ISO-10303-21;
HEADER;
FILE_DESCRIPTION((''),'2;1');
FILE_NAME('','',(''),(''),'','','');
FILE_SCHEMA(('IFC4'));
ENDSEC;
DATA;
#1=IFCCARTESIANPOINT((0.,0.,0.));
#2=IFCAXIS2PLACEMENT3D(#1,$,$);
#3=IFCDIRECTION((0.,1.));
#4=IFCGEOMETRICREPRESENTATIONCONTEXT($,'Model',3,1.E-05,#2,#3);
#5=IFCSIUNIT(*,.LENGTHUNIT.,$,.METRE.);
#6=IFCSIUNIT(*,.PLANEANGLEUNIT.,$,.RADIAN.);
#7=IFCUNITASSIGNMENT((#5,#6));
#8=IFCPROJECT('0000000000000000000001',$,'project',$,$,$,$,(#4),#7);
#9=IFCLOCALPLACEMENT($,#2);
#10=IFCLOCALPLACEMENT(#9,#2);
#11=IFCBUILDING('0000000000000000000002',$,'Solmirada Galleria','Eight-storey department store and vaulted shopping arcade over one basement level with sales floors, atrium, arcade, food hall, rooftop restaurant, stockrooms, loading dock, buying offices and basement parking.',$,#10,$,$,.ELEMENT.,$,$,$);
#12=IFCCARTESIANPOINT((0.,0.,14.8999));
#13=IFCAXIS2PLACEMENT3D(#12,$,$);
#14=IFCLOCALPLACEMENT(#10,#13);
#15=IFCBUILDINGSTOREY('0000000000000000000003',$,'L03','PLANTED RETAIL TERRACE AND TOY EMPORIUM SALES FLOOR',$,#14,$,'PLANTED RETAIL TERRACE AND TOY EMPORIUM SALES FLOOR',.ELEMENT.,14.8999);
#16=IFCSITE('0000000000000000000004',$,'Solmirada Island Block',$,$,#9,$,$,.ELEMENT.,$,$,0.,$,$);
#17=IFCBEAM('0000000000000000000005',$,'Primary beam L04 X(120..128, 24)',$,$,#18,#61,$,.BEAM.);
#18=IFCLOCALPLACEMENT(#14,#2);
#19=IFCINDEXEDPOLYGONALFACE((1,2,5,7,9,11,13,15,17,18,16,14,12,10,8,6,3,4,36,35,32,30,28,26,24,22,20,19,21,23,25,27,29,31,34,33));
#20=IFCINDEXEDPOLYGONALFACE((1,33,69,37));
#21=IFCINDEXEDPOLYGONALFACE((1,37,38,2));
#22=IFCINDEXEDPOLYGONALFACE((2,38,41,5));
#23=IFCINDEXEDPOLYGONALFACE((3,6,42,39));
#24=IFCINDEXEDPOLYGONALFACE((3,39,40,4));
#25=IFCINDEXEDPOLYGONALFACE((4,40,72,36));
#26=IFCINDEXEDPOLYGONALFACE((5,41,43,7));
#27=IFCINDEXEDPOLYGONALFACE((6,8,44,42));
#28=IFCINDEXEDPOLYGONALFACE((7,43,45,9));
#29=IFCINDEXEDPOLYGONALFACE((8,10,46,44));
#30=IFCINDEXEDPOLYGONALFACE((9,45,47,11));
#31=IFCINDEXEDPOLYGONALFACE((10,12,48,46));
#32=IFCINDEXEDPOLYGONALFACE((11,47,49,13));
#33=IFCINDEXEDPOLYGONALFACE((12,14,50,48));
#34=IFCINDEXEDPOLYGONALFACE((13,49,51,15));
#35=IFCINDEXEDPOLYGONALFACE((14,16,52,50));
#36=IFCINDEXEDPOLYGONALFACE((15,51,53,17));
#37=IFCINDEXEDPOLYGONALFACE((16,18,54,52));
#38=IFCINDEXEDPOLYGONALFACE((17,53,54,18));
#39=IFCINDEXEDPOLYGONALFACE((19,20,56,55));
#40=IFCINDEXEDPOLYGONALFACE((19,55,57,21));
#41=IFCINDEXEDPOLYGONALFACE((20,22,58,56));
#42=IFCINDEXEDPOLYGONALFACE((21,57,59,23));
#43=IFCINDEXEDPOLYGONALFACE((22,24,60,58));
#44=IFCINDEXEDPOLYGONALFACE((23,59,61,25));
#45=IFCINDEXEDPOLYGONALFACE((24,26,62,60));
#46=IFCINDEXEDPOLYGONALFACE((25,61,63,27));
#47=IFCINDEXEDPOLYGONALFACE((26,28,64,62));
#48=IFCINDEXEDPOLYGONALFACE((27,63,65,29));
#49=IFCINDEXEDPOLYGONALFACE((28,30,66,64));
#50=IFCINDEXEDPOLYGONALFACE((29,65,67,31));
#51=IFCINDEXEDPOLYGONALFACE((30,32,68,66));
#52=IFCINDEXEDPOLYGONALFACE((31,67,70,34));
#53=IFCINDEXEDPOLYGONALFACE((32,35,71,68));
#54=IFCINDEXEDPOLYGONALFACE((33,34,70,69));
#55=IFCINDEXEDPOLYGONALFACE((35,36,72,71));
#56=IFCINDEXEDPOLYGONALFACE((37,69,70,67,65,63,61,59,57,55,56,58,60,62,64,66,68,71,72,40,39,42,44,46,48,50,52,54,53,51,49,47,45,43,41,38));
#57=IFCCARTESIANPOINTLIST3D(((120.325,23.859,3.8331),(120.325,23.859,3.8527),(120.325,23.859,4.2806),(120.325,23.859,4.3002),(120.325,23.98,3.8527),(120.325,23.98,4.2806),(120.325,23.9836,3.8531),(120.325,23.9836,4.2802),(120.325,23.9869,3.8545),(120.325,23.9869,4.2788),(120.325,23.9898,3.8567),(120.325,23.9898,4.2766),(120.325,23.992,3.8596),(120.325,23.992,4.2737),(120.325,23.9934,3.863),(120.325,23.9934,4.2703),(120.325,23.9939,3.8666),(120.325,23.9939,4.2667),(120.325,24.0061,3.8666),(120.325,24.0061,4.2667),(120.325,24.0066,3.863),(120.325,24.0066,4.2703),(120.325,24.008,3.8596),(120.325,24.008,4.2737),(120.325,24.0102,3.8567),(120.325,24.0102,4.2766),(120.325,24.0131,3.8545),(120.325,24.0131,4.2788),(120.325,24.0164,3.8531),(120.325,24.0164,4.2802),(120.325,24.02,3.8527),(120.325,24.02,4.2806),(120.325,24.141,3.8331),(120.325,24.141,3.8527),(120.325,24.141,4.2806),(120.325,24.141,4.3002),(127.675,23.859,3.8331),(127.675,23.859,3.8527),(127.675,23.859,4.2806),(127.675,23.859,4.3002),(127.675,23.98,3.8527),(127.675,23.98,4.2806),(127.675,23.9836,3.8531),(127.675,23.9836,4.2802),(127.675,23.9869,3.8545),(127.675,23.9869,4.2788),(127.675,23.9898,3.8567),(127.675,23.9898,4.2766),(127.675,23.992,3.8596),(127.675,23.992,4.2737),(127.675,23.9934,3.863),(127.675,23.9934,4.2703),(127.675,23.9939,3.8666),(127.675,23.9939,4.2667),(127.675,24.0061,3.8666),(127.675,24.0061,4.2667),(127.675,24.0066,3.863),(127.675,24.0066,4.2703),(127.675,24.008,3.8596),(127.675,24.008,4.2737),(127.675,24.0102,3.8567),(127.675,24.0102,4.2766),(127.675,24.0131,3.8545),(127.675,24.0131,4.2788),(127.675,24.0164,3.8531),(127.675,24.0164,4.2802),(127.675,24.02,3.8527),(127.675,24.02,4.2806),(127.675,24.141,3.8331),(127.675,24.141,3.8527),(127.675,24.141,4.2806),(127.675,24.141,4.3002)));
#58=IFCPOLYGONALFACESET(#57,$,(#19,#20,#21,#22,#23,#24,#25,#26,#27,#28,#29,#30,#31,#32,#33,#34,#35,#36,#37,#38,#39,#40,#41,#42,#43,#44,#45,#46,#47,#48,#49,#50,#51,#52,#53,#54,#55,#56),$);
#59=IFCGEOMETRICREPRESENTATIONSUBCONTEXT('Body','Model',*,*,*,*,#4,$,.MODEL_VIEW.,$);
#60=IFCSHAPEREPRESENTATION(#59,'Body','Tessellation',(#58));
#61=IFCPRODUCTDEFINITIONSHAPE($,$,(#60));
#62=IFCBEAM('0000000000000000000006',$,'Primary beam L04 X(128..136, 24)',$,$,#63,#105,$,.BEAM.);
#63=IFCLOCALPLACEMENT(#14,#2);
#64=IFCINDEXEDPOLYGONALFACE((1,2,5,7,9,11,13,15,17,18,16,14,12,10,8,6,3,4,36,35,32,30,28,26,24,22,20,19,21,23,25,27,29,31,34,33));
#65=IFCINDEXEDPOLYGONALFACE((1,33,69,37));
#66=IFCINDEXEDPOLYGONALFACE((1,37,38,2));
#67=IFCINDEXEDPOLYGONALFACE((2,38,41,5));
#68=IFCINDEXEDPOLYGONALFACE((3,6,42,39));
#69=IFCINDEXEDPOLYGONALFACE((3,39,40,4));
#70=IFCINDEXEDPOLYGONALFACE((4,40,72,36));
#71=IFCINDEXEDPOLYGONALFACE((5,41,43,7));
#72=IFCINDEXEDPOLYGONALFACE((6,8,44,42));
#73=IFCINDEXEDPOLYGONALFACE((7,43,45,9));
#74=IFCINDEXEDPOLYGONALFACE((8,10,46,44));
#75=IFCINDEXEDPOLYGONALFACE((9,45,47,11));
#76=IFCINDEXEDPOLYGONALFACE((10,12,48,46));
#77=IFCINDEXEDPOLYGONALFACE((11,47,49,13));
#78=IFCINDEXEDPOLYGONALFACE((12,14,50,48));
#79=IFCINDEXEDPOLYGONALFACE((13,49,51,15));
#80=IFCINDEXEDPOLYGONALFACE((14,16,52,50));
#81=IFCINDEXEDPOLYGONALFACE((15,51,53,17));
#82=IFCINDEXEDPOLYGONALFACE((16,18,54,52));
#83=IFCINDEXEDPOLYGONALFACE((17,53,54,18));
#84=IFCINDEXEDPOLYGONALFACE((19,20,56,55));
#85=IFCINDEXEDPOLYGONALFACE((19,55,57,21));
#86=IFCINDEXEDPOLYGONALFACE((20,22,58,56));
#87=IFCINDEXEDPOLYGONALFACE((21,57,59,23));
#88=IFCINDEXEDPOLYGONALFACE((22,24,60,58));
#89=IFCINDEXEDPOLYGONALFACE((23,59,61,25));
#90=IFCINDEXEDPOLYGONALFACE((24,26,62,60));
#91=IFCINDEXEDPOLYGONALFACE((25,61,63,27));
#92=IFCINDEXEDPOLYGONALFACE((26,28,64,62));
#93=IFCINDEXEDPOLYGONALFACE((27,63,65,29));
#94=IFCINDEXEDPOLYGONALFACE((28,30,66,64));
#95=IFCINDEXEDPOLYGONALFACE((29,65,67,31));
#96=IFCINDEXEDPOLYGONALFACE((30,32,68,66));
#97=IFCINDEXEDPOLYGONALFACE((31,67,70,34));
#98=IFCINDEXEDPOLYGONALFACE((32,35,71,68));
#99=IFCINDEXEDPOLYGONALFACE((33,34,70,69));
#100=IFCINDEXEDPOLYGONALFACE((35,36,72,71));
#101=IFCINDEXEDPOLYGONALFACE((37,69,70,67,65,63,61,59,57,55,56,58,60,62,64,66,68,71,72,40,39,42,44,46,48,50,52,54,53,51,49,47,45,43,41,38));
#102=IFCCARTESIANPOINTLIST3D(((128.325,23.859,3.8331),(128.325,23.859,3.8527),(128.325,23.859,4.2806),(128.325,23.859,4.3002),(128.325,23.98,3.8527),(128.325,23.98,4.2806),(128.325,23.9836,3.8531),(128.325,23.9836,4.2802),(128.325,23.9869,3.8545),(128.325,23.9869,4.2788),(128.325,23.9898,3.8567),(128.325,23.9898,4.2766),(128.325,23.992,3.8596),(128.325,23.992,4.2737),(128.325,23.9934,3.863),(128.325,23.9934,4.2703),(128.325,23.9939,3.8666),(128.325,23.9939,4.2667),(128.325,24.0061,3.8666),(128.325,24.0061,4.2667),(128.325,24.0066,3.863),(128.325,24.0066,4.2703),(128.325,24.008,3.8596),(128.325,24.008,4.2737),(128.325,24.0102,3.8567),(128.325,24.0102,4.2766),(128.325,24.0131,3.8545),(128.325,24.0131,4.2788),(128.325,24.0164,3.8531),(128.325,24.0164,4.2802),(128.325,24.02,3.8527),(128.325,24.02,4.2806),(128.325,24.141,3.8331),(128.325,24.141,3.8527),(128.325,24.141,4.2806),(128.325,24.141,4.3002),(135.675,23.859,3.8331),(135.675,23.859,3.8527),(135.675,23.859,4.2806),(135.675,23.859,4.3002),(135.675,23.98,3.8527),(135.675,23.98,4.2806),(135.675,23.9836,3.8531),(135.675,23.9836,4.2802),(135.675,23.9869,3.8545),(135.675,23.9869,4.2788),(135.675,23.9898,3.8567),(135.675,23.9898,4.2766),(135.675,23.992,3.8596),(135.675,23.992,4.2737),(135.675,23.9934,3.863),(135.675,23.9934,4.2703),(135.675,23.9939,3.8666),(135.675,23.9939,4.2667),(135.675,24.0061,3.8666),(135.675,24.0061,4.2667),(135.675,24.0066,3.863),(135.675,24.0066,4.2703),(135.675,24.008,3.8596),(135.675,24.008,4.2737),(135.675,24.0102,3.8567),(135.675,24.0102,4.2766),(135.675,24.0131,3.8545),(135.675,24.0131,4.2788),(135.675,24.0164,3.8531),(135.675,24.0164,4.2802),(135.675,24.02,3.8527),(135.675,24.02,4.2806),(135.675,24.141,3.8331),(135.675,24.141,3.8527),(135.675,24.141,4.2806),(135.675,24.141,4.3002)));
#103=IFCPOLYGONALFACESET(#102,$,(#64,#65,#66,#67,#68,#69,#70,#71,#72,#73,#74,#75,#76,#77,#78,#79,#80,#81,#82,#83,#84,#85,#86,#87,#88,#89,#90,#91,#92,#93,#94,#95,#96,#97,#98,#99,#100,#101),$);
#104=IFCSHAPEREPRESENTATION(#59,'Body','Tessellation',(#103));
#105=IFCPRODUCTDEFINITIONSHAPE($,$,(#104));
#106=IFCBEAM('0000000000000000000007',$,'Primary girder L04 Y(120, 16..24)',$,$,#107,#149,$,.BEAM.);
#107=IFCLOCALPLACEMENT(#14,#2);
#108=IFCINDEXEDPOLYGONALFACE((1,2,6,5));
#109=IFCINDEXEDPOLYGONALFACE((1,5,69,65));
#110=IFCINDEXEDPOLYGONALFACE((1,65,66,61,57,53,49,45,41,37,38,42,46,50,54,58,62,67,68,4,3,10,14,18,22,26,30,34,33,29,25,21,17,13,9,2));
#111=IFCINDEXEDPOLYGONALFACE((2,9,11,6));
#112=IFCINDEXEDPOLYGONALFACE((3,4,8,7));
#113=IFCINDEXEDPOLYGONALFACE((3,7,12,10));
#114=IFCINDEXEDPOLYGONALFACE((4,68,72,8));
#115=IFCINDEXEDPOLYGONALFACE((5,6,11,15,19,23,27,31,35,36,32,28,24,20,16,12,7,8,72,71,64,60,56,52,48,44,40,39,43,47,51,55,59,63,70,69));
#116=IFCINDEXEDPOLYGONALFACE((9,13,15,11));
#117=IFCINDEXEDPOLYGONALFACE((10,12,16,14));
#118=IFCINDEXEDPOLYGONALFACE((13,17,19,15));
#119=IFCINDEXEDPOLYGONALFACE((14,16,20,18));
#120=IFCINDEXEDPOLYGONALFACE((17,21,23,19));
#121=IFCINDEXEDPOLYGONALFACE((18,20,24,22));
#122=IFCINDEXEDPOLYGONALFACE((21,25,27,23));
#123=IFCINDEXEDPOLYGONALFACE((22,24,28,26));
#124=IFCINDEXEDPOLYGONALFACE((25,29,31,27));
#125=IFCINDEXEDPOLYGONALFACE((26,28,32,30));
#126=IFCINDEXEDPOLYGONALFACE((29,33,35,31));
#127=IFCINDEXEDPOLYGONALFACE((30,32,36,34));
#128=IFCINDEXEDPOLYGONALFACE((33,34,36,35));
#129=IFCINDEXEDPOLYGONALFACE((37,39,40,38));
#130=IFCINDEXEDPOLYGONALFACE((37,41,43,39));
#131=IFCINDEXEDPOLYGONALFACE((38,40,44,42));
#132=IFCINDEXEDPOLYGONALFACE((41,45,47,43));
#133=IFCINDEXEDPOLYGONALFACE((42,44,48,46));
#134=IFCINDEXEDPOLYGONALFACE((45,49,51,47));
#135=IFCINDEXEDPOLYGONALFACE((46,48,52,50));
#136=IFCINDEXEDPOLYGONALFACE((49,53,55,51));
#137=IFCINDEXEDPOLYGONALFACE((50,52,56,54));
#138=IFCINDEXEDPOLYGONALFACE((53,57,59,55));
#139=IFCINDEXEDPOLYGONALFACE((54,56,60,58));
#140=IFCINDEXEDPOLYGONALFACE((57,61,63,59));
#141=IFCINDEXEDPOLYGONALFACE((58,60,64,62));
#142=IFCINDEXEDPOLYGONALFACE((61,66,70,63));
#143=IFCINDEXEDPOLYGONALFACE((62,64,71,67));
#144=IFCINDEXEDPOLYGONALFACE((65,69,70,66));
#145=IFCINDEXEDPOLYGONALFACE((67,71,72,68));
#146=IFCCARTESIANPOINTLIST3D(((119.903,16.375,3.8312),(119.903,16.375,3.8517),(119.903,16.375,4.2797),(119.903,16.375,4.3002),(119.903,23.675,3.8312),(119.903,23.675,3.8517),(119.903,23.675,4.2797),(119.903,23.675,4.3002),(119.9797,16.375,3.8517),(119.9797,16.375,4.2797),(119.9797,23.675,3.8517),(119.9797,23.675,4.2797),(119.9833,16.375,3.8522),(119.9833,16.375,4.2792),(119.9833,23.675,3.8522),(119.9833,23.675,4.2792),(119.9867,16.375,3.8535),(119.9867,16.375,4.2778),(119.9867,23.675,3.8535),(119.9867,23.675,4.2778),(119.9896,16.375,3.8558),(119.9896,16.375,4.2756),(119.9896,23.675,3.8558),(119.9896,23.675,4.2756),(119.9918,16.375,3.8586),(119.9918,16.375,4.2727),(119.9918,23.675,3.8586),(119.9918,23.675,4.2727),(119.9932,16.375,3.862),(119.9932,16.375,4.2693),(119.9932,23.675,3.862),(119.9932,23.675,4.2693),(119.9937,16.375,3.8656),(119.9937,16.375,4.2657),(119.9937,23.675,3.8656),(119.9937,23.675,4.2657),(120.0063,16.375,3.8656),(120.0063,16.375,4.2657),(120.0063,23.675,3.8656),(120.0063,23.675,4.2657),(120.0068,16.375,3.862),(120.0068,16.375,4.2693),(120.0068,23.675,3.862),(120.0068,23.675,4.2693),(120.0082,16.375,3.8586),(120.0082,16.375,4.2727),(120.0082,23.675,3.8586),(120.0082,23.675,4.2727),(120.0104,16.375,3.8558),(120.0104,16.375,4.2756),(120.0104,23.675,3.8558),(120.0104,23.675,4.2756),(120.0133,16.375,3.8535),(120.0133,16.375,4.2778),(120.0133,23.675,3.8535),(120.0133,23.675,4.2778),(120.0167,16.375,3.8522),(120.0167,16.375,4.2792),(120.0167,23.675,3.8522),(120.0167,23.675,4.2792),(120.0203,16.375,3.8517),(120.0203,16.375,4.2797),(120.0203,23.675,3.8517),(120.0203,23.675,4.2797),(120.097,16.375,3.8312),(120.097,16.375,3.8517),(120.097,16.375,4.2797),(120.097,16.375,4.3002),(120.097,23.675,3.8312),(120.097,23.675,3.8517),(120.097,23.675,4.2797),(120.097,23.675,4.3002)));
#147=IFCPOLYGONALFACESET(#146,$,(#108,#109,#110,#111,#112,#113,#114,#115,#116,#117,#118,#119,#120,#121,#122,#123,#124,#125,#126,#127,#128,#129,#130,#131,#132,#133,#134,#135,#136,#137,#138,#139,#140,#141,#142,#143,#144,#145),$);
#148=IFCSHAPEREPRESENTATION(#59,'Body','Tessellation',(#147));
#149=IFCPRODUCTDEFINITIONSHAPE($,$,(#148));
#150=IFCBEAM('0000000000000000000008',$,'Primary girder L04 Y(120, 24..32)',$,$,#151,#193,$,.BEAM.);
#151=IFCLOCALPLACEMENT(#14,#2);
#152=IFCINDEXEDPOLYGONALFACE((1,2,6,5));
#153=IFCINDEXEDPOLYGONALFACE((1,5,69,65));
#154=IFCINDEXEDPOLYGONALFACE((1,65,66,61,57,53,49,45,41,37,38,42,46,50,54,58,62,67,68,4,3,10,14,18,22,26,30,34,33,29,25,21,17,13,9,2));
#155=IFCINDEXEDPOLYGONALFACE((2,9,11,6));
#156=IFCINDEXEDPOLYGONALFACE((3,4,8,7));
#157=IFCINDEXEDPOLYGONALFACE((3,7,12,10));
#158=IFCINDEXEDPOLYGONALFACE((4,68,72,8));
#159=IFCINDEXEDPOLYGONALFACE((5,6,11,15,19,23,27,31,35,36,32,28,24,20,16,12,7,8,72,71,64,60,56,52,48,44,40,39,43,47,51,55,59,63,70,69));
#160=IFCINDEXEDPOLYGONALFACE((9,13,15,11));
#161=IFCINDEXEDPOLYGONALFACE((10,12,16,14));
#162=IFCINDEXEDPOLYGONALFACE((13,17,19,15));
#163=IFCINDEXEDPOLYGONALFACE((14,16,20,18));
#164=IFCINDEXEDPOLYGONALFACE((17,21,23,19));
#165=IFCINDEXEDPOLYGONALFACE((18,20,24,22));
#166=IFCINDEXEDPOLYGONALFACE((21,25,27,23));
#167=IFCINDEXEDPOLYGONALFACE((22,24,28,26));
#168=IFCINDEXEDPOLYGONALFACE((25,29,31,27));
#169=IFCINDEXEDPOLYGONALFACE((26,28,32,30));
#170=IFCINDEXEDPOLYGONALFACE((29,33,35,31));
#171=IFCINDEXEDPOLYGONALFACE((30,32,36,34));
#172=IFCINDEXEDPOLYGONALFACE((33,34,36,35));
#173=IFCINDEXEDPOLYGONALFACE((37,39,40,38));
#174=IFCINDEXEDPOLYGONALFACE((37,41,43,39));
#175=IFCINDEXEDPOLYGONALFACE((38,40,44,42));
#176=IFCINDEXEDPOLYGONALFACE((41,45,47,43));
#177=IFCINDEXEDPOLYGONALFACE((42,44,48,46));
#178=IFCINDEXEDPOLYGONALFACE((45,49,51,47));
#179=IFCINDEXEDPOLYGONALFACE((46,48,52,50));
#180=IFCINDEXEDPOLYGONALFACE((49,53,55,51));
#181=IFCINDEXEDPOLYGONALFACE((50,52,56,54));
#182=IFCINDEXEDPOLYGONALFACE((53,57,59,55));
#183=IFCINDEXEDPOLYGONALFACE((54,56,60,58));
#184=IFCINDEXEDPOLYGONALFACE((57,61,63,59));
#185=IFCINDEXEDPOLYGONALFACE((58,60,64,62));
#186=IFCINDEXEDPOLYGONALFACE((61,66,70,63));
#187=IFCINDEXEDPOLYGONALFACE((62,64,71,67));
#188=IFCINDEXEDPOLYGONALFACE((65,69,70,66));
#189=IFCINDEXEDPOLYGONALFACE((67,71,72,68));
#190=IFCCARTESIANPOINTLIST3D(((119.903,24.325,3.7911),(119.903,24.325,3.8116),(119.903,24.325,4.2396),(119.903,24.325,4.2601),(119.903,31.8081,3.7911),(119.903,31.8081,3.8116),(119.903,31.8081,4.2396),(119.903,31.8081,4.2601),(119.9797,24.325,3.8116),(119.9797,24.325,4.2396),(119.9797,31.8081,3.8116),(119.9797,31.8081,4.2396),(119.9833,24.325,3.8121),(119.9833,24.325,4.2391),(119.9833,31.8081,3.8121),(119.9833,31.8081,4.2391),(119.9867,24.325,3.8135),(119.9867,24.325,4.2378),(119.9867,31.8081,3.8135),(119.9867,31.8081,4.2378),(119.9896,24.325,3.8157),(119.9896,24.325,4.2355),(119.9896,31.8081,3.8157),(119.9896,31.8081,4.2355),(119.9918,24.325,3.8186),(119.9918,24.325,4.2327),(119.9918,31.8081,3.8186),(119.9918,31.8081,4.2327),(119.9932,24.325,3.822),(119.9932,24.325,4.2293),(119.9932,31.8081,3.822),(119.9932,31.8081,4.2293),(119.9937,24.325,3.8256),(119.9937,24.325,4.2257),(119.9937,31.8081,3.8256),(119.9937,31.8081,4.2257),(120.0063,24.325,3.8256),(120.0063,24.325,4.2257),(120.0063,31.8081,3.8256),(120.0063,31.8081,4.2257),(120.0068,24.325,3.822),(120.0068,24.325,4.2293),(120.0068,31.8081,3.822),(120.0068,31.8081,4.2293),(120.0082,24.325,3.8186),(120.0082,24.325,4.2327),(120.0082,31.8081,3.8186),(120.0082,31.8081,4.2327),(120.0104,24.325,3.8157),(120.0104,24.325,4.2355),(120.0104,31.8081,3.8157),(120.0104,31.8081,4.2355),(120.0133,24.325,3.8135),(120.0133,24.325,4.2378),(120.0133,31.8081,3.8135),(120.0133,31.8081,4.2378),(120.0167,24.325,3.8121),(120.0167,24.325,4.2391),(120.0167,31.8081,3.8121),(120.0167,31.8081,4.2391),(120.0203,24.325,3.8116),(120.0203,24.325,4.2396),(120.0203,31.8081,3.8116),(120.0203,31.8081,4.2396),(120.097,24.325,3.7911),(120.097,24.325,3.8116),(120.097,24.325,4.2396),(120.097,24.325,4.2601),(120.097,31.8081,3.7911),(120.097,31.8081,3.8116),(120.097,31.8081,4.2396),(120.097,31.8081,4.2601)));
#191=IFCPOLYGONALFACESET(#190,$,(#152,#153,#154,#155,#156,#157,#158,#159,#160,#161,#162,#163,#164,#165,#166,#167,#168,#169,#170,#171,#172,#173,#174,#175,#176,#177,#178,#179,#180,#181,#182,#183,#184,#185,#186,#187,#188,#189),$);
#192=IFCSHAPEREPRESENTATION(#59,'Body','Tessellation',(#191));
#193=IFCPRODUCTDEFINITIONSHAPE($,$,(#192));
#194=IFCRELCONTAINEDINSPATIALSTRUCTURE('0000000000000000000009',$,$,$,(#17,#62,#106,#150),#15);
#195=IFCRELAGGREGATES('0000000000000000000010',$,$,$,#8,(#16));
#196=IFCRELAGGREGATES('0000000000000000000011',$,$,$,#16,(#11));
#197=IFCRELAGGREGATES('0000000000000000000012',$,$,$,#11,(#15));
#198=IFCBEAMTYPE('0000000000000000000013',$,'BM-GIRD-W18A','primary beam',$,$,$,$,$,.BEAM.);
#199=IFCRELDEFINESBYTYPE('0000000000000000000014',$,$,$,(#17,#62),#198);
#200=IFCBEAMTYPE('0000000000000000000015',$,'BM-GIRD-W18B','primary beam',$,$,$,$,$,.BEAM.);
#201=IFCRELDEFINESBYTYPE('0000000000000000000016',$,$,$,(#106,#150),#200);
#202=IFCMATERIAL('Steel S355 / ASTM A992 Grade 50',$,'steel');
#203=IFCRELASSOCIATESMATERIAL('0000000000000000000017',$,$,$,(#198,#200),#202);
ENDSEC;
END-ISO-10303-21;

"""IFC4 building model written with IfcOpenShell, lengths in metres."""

from ifc_helpers import new_model, si_unit, direction, frame, origin, origin_2d, place, context, subcontext, project, spatial, i_section, extrude, material, material_profile, profile_set, type_object, element, save


model = new_model("IFC4")

# Units and contexts
model_context = context("Model", 3, precision=1e-05, world=origin(), true_north=direction((0.0, 1.0)))
body_context = subcontext(model_context, "Body", "Model", "MODEL_VIEW")
ifc_project = project(units=[si_unit("LENGTHUNIT", "METRE"), si_unit("PLANEANGLEUNIT", "RADIAN")], contexts=[model_context])

# Site, building, storey
site_placement = place(None, origin())
site = spatial("IfcSite", under=ifc_project, at=site_placement, Name="Solmirada Island Block", CompositionType="ELEMENT", RefElevation=0.0)
building_placement = place(site_placement, origin())
building = spatial("IfcBuilding", under=site, at=building_placement, Name="Solmirada Galleria", Description="Eight-storey department store and vaulted shopping arcade over one basement level with sales floors, atrium, arcade, food hall, rooftop restaurant, stockrooms, loading dock, buying offices and basement parking.", CompositionType="ELEMENT")
storey_placement = place(building_placement, frame((0.0, 0.0, 14.8999)))
storey = spatial("IfcBuildingStorey", under=building, at=storey_placement, Name="L03", Description="PLANTED RETAIL TERRACE AND TOY EMPORIUM SALES FLOOR", LongName="PLANTED RETAIL TERRACE AND TOY EMPORIUM SALES FLOOR", CompositionType="ELEMENT", Elevation=14.8999)

# Beams
ifc_material_1 = material(Name="Steel S355 / ASTM A992 Grade 50", Category="steel")
ifc_material_profile_1 = material_profile(ifc_material_1, i_section(OverallWidth=0.282, OverallDepth=0.467, WebThickness=0.0122, FlangeThickness=0.0195, FilletRadius=0.0139, at=origin_2d()), Name="W18X86")
ifc_profile_set_1 = profile_set([ifc_material_profile_1], Name="Steel S355 / ASTM A992 Grade 50")
beam_type_1 = type_object("IfcBeamType", Name="BM-GIRD-W18A", Description="primary beam", PredefinedType="BEAM", material=ifc_profile_set_1)
for number, where, z_axis, x_axis, name in (
    (1, (120.325, 24.0, 4.0667), (1.0, 0.0, 0.0), (0.0, 1.0, 0.0), "Primary beam L04 X(120..128, 24)"),
    (2, (128.325, 24.0, 4.0667), (1.0, 0.0, 0.0), (0.0, 1.0, 0.0), "Primary beam L04 X(128..136, 24)"),
):
    element("IfcBeam", number, at=place(storey_placement, frame(where, z_axis=z_axis, x_axis=x_axis)), inside=storey, type_object=beam_type_1, Name=name, PredefinedType="BEAM", context=body_context, shape_type="SweptSolid", body=[
        extrude(i_section(OverallWidth=0.282, OverallDepth=0.467, WebThickness=0.0122, FlangeThickness=0.0195, FilletRadius=0.0139, at=origin_2d()), origin(), (0.0, 0.0, 1.0), 7.3501),
    ])
ifc_material_profile_2 = material_profile(ifc_material_1, i_section(OverallWidth=0.1941, OverallDepth=0.469, WebThickness=0.0127, FlangeThickness=0.0205, FilletRadius=0.0139, at=origin_2d()), Name="W18X71")
ifc_profile_set_2 = profile_set([ifc_material_profile_2], Name="Steel S355 / ASTM A992 Grade 50")
beam_type_2 = type_object("IfcBeamType", Name="BM-GIRD-W18B", Description="primary beam", PredefinedType="BEAM", material=ifc_profile_set_2)
beam_1_placement = place(storey_placement, frame((120.0, 16.375, 4.0657), z_axis=(0.0, 1.0, 0.0), x_axis=(-1.0, 0.0, 0.0)))
element("IfcBeam", 3, at=beam_1_placement, inside=storey, type_object=beam_type_2, Name="Primary girder L04 Y(120, 16..24)", PredefinedType="BEAM", context=body_context, shape_type="SweptSolid", body=[
    extrude(i_section(OverallWidth=0.1941, OverallDepth=0.469, WebThickness=0.0127, FlangeThickness=0.0205, FilletRadius=0.0139, at=origin_2d()), origin(), (0.0, 0.0, 1.0), 7.3),
])
beam_2_placement = place(storey_placement, frame((120.0, 24.325, 4.0256), z_axis=(0.0, 1.0, 0.0), x_axis=(-1.0, 0.0, 0.0)))
element("IfcBeam", 4, at=beam_2_placement, inside=storey, type_object=beam_type_2, Name="Primary girder L04 Y(120, 24..32)", PredefinedType="BEAM", context=body_context, shape_type="SweptSolid", body=[
    extrude(i_section(OverallWidth=0.1941, OverallDepth=0.469, WebThickness=0.0127, FlangeThickness=0.0205, FilletRadius=0.0139, at=origin_2d()), origin(), (0.0, 0.0, 1.0), 7.4832),
])

save(model, "model.ifc")
